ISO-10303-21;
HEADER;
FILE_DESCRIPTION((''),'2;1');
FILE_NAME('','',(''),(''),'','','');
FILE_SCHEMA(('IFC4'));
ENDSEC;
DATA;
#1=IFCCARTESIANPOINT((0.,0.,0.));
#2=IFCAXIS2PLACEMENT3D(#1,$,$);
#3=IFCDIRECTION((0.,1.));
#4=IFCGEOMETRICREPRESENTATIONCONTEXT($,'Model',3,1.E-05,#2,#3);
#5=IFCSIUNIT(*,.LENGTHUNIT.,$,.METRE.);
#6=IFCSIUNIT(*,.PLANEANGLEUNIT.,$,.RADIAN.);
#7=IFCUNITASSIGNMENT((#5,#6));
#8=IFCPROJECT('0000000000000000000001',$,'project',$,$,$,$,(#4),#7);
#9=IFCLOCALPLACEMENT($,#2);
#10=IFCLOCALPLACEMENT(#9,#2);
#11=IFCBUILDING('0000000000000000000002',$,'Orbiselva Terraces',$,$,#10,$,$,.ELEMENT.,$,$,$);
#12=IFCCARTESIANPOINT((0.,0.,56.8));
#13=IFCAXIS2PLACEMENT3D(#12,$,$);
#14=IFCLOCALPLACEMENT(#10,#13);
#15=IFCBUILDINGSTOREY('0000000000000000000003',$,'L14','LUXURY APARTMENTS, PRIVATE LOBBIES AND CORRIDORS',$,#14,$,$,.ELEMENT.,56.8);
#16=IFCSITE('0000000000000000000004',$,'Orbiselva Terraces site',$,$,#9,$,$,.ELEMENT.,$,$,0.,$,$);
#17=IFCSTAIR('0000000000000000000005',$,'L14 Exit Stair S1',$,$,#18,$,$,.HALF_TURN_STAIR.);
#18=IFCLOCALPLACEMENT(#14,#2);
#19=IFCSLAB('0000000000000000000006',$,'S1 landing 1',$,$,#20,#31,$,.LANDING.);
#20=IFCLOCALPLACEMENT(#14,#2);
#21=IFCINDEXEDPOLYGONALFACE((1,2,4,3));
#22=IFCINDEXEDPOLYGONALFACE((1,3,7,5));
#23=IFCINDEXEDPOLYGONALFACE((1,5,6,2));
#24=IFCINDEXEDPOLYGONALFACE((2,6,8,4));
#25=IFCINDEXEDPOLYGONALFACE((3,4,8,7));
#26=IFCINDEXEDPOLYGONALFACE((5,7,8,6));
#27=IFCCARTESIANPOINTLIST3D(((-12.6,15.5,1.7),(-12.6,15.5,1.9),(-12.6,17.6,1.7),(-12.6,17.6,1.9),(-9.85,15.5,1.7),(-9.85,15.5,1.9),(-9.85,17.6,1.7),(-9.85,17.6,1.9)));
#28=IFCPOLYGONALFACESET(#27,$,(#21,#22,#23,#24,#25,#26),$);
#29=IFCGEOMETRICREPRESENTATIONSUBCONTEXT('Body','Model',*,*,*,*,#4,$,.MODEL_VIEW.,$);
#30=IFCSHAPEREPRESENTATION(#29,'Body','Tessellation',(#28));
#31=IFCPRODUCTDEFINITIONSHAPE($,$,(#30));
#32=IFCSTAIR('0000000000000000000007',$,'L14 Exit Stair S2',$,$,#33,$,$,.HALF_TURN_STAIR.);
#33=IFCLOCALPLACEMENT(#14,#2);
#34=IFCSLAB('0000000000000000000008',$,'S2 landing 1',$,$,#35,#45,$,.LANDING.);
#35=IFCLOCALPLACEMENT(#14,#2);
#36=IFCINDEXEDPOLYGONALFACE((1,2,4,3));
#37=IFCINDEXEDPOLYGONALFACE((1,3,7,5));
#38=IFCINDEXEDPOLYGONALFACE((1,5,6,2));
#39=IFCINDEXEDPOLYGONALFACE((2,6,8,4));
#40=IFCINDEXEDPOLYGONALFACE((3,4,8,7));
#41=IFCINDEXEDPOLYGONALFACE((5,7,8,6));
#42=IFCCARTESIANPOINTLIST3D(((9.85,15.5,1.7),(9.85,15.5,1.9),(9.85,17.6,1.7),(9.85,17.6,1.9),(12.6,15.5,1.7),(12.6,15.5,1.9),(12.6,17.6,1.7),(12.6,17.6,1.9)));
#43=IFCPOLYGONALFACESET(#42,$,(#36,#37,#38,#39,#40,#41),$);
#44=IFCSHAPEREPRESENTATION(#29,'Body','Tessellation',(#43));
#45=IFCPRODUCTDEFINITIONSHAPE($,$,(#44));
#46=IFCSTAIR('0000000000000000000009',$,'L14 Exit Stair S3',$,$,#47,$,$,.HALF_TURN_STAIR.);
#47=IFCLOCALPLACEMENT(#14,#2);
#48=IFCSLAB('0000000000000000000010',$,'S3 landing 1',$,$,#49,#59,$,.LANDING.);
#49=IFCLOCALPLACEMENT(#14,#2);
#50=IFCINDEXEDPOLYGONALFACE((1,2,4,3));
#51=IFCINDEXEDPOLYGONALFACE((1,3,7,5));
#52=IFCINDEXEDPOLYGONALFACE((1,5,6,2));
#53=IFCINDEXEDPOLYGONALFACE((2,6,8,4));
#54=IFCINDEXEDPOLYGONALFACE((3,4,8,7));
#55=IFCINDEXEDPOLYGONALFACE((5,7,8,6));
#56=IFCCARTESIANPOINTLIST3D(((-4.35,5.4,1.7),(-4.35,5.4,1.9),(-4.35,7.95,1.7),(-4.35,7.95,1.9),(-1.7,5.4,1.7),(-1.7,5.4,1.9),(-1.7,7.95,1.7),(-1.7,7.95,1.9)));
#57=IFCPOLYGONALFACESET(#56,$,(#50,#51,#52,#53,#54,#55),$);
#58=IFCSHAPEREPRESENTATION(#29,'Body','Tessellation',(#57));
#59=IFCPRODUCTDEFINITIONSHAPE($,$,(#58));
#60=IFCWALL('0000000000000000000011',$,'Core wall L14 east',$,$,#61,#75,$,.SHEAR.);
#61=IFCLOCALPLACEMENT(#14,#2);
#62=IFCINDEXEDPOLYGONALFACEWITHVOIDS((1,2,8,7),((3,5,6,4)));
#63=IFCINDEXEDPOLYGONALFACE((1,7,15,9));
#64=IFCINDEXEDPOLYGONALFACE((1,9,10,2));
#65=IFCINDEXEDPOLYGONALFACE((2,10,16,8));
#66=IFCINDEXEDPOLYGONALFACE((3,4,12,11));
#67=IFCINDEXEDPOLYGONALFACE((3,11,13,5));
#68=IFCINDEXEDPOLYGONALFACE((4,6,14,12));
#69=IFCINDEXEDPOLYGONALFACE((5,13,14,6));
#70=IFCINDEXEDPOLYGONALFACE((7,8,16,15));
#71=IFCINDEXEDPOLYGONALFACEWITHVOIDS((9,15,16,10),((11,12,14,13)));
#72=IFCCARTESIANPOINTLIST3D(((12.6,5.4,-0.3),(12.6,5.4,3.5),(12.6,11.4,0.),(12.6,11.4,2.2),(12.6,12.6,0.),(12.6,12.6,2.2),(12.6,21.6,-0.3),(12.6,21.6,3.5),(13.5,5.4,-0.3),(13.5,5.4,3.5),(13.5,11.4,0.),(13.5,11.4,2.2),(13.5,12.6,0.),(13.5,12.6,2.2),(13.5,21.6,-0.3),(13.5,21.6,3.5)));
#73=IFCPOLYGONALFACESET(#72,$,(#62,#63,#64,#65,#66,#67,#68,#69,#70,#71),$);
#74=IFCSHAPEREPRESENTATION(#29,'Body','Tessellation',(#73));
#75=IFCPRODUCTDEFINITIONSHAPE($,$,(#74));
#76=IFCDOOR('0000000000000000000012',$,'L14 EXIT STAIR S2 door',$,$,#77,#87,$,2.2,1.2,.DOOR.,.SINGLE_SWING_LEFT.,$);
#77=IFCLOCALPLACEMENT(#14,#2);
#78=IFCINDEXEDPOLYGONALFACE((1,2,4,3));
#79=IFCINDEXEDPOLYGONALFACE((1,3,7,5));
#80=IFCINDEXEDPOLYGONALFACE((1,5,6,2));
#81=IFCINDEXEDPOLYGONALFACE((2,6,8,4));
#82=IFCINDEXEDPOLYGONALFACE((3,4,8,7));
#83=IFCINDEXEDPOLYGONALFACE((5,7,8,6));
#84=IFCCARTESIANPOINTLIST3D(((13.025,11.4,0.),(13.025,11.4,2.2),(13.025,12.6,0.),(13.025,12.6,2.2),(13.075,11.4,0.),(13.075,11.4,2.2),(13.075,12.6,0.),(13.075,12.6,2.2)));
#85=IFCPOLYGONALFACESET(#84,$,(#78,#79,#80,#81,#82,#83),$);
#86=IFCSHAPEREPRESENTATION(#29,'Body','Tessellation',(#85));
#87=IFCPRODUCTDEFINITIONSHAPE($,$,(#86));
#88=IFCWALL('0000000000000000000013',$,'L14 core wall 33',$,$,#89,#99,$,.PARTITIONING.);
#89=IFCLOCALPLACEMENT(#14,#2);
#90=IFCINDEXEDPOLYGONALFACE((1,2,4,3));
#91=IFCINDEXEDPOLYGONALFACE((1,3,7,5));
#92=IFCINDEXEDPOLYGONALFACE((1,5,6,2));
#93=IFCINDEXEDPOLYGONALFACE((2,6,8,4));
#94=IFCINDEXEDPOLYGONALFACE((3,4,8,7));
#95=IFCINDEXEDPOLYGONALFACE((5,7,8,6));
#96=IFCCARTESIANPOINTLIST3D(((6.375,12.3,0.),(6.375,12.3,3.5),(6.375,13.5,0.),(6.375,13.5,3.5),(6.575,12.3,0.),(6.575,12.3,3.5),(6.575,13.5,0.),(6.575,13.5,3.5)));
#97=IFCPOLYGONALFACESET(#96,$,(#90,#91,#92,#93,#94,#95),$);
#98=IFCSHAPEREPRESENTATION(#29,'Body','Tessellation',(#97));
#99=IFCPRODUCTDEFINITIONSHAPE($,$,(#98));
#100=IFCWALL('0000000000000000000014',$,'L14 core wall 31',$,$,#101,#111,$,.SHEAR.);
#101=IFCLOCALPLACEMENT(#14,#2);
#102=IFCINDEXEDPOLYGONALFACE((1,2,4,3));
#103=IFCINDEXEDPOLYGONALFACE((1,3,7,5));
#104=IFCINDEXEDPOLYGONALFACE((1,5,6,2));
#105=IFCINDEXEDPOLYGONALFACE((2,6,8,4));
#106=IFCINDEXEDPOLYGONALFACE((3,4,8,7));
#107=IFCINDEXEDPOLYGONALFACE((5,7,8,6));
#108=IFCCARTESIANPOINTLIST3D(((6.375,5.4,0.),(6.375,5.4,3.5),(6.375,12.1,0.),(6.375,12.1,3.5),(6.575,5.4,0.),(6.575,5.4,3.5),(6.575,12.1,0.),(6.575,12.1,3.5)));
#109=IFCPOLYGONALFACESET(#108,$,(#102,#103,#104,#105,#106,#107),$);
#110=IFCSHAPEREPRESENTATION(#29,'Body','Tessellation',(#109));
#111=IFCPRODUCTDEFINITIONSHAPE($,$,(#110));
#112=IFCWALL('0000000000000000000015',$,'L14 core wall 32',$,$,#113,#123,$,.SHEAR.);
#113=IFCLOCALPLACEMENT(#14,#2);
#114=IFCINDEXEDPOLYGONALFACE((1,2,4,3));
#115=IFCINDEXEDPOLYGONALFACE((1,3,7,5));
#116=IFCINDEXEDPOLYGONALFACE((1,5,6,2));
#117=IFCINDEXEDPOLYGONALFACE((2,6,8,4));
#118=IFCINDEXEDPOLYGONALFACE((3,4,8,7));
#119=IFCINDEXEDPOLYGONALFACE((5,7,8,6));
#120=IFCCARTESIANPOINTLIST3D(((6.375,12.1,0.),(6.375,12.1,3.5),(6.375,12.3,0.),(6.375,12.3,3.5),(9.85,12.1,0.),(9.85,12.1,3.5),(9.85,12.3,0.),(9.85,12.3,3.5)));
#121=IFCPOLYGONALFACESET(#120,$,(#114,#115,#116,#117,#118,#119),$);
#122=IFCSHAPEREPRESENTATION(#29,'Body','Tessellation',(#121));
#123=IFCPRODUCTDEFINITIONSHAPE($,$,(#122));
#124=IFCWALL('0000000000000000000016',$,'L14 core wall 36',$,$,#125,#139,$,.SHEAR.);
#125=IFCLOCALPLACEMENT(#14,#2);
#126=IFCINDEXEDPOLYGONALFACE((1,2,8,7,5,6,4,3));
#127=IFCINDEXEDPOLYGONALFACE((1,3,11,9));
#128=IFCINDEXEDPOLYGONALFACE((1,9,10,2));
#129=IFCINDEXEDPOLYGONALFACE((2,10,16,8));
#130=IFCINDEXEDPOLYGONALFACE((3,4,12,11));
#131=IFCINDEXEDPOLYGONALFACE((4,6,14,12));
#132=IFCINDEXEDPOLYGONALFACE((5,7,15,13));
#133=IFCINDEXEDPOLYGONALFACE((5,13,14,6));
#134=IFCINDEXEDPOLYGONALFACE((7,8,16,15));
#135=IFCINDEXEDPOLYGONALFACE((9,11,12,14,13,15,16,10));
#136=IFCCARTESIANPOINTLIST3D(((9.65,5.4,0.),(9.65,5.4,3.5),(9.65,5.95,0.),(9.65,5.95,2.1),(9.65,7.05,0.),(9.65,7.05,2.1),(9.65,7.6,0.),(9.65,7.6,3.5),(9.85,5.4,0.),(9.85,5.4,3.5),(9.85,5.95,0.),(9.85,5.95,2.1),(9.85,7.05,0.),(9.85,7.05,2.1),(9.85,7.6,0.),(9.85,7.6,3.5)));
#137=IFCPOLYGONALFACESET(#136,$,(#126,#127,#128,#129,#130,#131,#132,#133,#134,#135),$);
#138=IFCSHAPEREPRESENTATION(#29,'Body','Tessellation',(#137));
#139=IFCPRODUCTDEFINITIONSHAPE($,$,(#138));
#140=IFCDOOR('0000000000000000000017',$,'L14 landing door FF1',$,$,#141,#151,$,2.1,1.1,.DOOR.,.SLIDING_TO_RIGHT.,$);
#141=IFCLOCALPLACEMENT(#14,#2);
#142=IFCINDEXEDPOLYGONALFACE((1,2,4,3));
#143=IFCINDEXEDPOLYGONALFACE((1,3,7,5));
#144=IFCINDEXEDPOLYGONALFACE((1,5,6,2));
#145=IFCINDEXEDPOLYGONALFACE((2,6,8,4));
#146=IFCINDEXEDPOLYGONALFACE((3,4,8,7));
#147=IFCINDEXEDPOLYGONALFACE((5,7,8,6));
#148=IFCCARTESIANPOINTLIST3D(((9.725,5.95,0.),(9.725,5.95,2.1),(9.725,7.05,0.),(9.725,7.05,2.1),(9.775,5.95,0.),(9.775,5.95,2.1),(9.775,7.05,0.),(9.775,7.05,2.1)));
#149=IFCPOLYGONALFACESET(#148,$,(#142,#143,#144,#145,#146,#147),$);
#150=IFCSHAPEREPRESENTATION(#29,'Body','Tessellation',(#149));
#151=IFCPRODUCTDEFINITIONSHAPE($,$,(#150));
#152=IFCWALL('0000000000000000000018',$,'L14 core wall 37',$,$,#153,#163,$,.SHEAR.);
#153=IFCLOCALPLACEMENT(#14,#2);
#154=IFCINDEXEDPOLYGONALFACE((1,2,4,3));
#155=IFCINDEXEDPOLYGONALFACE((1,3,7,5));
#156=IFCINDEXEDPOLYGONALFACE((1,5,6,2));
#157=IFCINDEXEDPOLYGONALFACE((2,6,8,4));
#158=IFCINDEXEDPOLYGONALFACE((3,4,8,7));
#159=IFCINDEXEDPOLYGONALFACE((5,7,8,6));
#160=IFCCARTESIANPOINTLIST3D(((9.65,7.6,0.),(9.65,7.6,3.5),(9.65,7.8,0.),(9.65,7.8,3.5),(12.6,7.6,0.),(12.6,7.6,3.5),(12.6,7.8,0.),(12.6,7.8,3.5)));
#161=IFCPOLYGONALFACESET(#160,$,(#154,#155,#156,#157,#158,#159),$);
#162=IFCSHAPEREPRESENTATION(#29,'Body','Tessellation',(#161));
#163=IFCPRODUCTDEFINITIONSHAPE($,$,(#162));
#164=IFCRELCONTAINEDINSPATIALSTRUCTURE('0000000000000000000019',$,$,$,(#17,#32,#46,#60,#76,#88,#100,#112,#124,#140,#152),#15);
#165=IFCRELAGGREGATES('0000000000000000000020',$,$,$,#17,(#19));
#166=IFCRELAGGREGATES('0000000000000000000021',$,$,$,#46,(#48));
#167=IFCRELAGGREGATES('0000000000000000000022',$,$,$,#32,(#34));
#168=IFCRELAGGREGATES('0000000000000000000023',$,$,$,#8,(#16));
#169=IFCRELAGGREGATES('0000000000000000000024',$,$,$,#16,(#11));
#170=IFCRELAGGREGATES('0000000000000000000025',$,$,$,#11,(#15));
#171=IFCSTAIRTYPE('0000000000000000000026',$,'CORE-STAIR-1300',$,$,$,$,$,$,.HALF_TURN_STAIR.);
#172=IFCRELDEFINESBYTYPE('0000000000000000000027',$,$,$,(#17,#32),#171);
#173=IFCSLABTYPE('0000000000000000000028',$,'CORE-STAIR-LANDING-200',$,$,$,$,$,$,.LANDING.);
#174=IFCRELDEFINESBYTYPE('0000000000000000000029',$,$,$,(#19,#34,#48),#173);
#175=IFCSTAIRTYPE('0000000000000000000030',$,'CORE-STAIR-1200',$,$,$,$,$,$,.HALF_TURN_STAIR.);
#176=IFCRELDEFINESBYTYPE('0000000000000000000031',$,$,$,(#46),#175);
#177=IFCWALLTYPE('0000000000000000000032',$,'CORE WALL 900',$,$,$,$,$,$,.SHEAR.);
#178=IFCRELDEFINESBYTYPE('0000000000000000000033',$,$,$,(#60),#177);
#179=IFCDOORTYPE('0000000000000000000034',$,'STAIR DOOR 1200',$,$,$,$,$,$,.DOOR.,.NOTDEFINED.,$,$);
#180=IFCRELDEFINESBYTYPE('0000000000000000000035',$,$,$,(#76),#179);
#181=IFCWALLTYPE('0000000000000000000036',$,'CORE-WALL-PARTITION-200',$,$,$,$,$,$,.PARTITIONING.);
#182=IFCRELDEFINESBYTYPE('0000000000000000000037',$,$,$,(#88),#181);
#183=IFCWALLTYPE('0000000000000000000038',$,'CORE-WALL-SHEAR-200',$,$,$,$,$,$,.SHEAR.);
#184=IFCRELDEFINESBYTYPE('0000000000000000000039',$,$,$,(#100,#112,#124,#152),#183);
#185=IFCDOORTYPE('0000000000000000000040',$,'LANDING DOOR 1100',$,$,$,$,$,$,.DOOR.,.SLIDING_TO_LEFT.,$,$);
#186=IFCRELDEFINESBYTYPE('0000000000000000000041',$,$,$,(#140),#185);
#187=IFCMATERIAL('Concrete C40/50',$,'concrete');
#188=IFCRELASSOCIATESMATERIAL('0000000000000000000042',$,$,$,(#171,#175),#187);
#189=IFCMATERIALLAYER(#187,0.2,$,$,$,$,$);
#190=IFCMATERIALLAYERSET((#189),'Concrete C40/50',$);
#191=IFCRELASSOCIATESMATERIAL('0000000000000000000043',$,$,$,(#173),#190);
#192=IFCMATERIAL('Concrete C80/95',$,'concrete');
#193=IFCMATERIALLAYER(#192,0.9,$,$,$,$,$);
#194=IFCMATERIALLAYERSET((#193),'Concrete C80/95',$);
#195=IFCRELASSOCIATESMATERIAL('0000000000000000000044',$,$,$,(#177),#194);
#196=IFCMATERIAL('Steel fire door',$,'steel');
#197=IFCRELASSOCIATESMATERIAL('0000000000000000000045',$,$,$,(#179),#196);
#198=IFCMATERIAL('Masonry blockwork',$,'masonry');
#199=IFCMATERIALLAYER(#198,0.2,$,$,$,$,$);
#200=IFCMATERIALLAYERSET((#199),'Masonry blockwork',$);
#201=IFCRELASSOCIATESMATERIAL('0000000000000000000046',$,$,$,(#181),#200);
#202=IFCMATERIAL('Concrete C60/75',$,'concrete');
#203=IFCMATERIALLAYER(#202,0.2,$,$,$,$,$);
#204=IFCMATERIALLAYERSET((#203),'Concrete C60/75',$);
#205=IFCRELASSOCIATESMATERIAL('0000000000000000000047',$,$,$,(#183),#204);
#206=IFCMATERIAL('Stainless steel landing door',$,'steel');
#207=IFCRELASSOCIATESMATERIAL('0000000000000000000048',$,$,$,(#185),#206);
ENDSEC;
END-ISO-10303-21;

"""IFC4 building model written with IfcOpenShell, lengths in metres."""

from ifc_helpers import new_model, si_unit, direction, frame, frame_2d, origin, place, context, subcontext, project, spatial, polyline, rectangle, outline, extrude, material, layer, layer_set, type_object, element, fill, aggregate, save


model = new_model("IFC4")

# Units and contexts
model_context = context("Model", 3, precision=1e-05, world=origin(), true_north=direction((0.0, 1.0)))
body_context = subcontext(model_context, "Body", "Model", "MODEL_VIEW")
ifc_project = project(units=[si_unit("LENGTHUNIT", "METRE"), si_unit("PLANEANGLEUNIT", "RADIAN")], contexts=[model_context])

# Site, building, storey
site_placement = place(None, origin())
site = spatial("IfcSite", under=ifc_project, at=site_placement, Name="Orbiselva Terraces site", CompositionType="ELEMENT", RefElevation=0.0)
building_placement = place(site_placement, origin())
building = spatial("IfcBuilding", under=site, at=building_placement, Name="Orbiselva Terraces", CompositionType="ELEMENT")
storey_placement = place(building_placement, frame((0.0, 0.0, 56.8)))
storey = spatial("IfcBuildingStorey", under=building, at=storey_placement, Name="L14", Description="LUXURY APARTMENTS, PRIVATE LOBBIES AND CORRIDORS", CompositionType="ELEMENT", Elevation=56.8)

# Stairs, slabs
ifc_material_1 = material(Name="Concrete C40/50", Category="concrete")
stair_type_1 = type_object("IfcStairType", Name="CORE-STAIR-1300", PredefinedType="HALF_TURN_STAIR", material=ifc_material_1)
stair_1_placement = place(storey_placement, origin())
stair_1 = element("IfcStair", 1, at=stair_1_placement, inside=storey, type_object=stair_type_1, Name="L14 Exit Stair S1", PredefinedType="HALF_TURN_STAIR")
ifc_layer_1 = layer(ifc_material_1, 0.2)
ifc_layer_set_1 = layer_set([ifc_layer_1], Name="Concrete C40/50")
slab_type = type_object("IfcSlabType", Name="CORE-STAIR-LANDING-200", PredefinedType="LANDING", material=ifc_layer_set_1)
slab_1_placement = place(storey_placement, frame((0.0, 0.0, 1.7)))
slab_1 = element("IfcSlab", 2, at=slab_1_placement, type_object=slab_type, Name="S1 landing 1", PredefinedType="LANDING", context=body_context, shape_type="SweptSolid", body=[
    extrude(outline(polyline([(-9.85, 15.5), (-9.85, 17.6), (-12.6, 17.6), (-12.6, 15.5), (-9.85, 15.5)])), origin(), (0.0, 0.0, 1.0), 0.2),
])
aggregate(stair_1, [slab_1])
stair_2_placement = place(storey_placement, origin())
stair_2 = element("IfcStair", 3, at=stair_2_placement, inside=storey, type_object=stair_type_1, Name="L14 Exit Stair S2", PredefinedType="HALF_TURN_STAIR")
slab_2_placement = place(storey_placement, frame((0.0, 0.0, 1.7)))
slab_2 = element("IfcSlab", 4, at=slab_2_placement, type_object=slab_type, Name="S2 landing 1", PredefinedType="LANDING", context=body_context, shape_type="SweptSolid", body=[
    extrude(outline(polyline([(12.6, 15.5), (12.6, 17.6), (9.85, 17.6), (9.85, 15.5), (12.6, 15.5)])), origin(), (0.0, 0.0, 1.0), 0.2),
])
stair_type_2 = type_object("IfcStairType", Name="CORE-STAIR-1200", PredefinedType="HALF_TURN_STAIR", material=ifc_material_1)
stair_3_placement = place(storey_placement, origin())
stair_3 = element("IfcStair", 5, at=stair_3_placement, inside=storey, type_object=stair_type_2, Name="L14 Exit Stair S3", PredefinedType="HALF_TURN_STAIR")
slab_3_placement = place(storey_placement, frame((0.0, 0.0, 1.7)))
slab_3 = element("IfcSlab", 6, at=slab_3_placement, type_object=slab_type, Name="S3 landing 1", PredefinedType="LANDING", context=body_context, shape_type="SweptSolid", body=[
    extrude(outline(polyline([(-4.35, 5.4), (-1.7, 5.4), (-1.7, 7.95), (-4.35, 7.95), (-4.35, 5.4)])), origin(), (0.0, 0.0, 1.0), 0.2),
])
aggregate(stair_3, [slab_3])

# Wall, opening, door
ifc_material_2 = material(Name="Concrete C80/95", Category="concrete")
ifc_layer_2 = layer(ifc_material_2, 0.9)
ifc_layer_set_2 = layer_set([ifc_layer_2], Name="Concrete C80/95")
wall_type_1 = type_object("IfcWallType", Name="CORE WALL 900", PredefinedType="SHEAR", material=ifc_layer_set_2)
wall_1_placement = place(storey_placement, frame((13.05, 5.4, -0.3), z_axis=(0.0, 0.0, 1.0), x_axis=(0.0, 1.0, 0.0)))
wall_1 = element("IfcWall", 7, at=wall_1_placement, inside=storey, type_object=wall_type_1, Name="Core wall L14 east", PredefinedType="SHEAR", context=body_context, shape_type="SweptSolid", body=[
    extrude(rectangle(XDim=16.2, YDim=0.9, at=frame_2d((8.1, 0.0))), origin(), (0.0, 0.0, 1.0), 3.8),
])
opening_1_placement = place(wall_1_placement, frame((6.0, 0.0, 0.3)))
opening_1 = element("IfcOpeningElement", 8, at=opening_1_placement, cuts=wall_1, PredefinedType="OPENING", context=body_context, shape_type="SweptSolid", body=[
    extrude(rectangle(XDim=1.2, YDim=2.2, at=frame_2d((0.6, 1.1))), frame((0.0, 0.46, 0.0), z_axis=(0.0, -1.0, 0.0), x_axis=(1.0, 0.0, 0.0)), (0.0, 0.0, 1.0), 0.92),
])
ifc_material_3 = material(Name="Steel fire door", Category="steel")
door_type_1 = type_object("IfcDoorType", Name="STAIR DOOR 1200", OperationType="NOTDEFINED", PredefinedType="DOOR", material=ifc_material_3)
door_1_placement = place(opening_1_placement, frame((1.2, 0.0, 0.0), z_axis=(0.0, 0.0, 1.0), x_axis=(-1.0, 0.0, 0.0)))
door_1 = element("IfcDoor", 9, at=door_1_placement, inside=storey, type_object=door_type_1, Name="L14 EXIT STAIR S2 door", OperationType="SINGLE_SWING_LEFT", OverallHeight=2.2, OverallWidth=1.2, PredefinedType="DOOR", context=body_context, shape_type="SweptSolid", body=[
    extrude(rectangle(XDim=1.2, YDim=2.2, at=frame_2d((0.6, 1.1))), frame((0.0, 0.025, 0.0), z_axis=(0.0, -1.0, 0.0), x_axis=(1.0, 0.0, 0.0)), (0.0, 0.0, 1.0), 0.05),
])
fill(opening_1, door_1)

# Walls
ifc_material_4 = material(Name="Masonry blockwork", Category="masonry")
ifc_layer_3 = layer(ifc_material_4, 0.2)
ifc_layer_set_3 = layer_set([ifc_layer_3], Name="Masonry blockwork")
wall_type_2 = type_object("IfcWallType", Name="CORE-WALL-PARTITION-200", PredefinedType="PARTITIONING", material=ifc_layer_set_3)
wall_2_placement = place(storey_placement, frame((6.475, 12.3, 0.0), z_axis=(0.0, 0.0, 1.0), x_axis=(0.0, 1.0, 0.0)))
element("IfcWall", 10, at=wall_2_placement, inside=storey, type_object=wall_type_2, Name="L14 core wall 33", PredefinedType="PARTITIONING", context=body_context, shape_type="SweptSolid", body=[
    extrude(rectangle(XDim=1.2, YDim=0.2, at=frame_2d((0.6, 0.0))), origin(), (0.0, 0.0, 1.0), 3.5),
])
ifc_material_5 = material(Name="Concrete C60/75", Category="concrete")
ifc_layer_4 = layer(ifc_material_5, 0.2)
ifc_layer_set_4 = layer_set([ifc_layer_4], Name="Concrete C60/75")
wall_type_3 = type_object("IfcWallType", Name="CORE-WALL-SHEAR-200", PredefinedType="SHEAR", material=ifc_layer_set_4)
wall_3_placement = place(storey_placement, frame((6.475, 5.4, 0.0), z_axis=(0.0, 0.0, 1.0), x_axis=(0.0, 1.0, 0.0)))
element("IfcWall", 11, at=wall_3_placement, inside=storey, type_object=wall_type_3, Name="L14 core wall 31", PredefinedType="SHEAR", context=body_context, shape_type="SweptSolid", body=[
    extrude(rectangle(XDim=6.7, YDim=0.2, at=frame_2d((3.35, 0.0))), origin(), (0.0, 0.0, 1.0), 3.5),
])
wall_4_placement = place(storey_placement, frame((6.375, 12.2, 0.0), z_axis=(0.0, 0.0, 1.0), x_axis=(1.0, 0.0, 0.0)))
element("IfcWall", 12, at=wall_4_placement, inside=storey, type_object=wall_type_3, Name="L14 core wall 32", PredefinedType="SHEAR", context=body_context, shape_type="SweptSolid", body=[
    extrude(rectangle(XDim=3.475, YDim=0.2, at=frame_2d((1.7375, 0.0))), origin(), (0.0, 0.0, 1.0), 3.5),
])

# Wall, opening, door
wall_5_placement = place(storey_placement, frame((9.75, 5.4, 0.0), z_axis=(0.0, 0.0, 1.0), x_axis=(0.0, 1.0, 0.0)))
wall_5 = element("IfcWall", 13, at=wall_5_placement, inside=storey, type_object=wall_type_3, Name="L14 core wall 36", PredefinedType="SHEAR", context=body_context, shape_type="SweptSolid", body=[
    extrude(rectangle(XDim=2.2, YDim=0.2, at=frame_2d((1.1, 0.0))), origin(), (0.0, 0.0, 1.0), 3.5),
])
opening_2_placement = place(wall_5_placement, frame((0.55, 0.0, 0.0)))
opening_2 = element("IfcOpeningElement", 14, at=opening_2_placement, cuts=wall_5, PredefinedType="OPENING", context=body_context, shape_type="SweptSolid", body=[
    extrude(rectangle(XDim=1.1, YDim=2.1, at=frame_2d((0.55, 1.05))), frame((0.0, 0.11, 0.0), z_axis=(0.0, -1.0, 0.0), x_axis=(1.0, 0.0, 0.0)), (0.0, 0.0, 1.0), 0.22),
])
ifc_material_6 = material(Name="Stainless steel landing door", Category="steel")
door_type_2 = type_object("IfcDoorType", Name="LANDING DOOR 1100", OperationType="SLIDING_TO_LEFT", PredefinedType="DOOR", material=ifc_material_6)
door_2_placement = place(opening_2_placement, origin())
door_2 = element("IfcDoor", 15, at=door_2_placement, inside=storey, type_object=door_type_2, Name="L14 landing door FF1", OperationType="SLIDING_TO_RIGHT", OverallHeight=2.1, OverallWidth=1.1, PredefinedType="DOOR", context=body_context, shape_type="SweptSolid", body=[
    extrude(rectangle(XDim=1.1, YDim=2.1, at=frame_2d((0.55, 1.05))), frame((0.0, 0.025, 0.0), z_axis=(0.0, -1.0, 0.0), x_axis=(1.0, 0.0, 0.0)), (0.0, 0.0, 1.0), 0.05),
])
fill(opening_2, door_2)

# Wall
wall_6_placement = place(storey_placement, frame((9.65, 7.7, 0.0), z_axis=(0.0, 0.0, 1.0), x_axis=(1.0, 0.0, 0.0)))
element("IfcWall", 16, at=wall_6_placement, inside=storey, type_object=wall_type_3, Name="L14 core wall 37", PredefinedType="SHEAR", context=body_context, shape_type="SweptSolid", body=[
    extrude(rectangle(XDim=2.95, YDim=0.2, at=frame_2d((1.475, 0.0))), origin(), (0.0, 0.0, 1.0), 3.5),
])

aggregate(stair_2, [slab_2])

save(model, "model.ifc")
